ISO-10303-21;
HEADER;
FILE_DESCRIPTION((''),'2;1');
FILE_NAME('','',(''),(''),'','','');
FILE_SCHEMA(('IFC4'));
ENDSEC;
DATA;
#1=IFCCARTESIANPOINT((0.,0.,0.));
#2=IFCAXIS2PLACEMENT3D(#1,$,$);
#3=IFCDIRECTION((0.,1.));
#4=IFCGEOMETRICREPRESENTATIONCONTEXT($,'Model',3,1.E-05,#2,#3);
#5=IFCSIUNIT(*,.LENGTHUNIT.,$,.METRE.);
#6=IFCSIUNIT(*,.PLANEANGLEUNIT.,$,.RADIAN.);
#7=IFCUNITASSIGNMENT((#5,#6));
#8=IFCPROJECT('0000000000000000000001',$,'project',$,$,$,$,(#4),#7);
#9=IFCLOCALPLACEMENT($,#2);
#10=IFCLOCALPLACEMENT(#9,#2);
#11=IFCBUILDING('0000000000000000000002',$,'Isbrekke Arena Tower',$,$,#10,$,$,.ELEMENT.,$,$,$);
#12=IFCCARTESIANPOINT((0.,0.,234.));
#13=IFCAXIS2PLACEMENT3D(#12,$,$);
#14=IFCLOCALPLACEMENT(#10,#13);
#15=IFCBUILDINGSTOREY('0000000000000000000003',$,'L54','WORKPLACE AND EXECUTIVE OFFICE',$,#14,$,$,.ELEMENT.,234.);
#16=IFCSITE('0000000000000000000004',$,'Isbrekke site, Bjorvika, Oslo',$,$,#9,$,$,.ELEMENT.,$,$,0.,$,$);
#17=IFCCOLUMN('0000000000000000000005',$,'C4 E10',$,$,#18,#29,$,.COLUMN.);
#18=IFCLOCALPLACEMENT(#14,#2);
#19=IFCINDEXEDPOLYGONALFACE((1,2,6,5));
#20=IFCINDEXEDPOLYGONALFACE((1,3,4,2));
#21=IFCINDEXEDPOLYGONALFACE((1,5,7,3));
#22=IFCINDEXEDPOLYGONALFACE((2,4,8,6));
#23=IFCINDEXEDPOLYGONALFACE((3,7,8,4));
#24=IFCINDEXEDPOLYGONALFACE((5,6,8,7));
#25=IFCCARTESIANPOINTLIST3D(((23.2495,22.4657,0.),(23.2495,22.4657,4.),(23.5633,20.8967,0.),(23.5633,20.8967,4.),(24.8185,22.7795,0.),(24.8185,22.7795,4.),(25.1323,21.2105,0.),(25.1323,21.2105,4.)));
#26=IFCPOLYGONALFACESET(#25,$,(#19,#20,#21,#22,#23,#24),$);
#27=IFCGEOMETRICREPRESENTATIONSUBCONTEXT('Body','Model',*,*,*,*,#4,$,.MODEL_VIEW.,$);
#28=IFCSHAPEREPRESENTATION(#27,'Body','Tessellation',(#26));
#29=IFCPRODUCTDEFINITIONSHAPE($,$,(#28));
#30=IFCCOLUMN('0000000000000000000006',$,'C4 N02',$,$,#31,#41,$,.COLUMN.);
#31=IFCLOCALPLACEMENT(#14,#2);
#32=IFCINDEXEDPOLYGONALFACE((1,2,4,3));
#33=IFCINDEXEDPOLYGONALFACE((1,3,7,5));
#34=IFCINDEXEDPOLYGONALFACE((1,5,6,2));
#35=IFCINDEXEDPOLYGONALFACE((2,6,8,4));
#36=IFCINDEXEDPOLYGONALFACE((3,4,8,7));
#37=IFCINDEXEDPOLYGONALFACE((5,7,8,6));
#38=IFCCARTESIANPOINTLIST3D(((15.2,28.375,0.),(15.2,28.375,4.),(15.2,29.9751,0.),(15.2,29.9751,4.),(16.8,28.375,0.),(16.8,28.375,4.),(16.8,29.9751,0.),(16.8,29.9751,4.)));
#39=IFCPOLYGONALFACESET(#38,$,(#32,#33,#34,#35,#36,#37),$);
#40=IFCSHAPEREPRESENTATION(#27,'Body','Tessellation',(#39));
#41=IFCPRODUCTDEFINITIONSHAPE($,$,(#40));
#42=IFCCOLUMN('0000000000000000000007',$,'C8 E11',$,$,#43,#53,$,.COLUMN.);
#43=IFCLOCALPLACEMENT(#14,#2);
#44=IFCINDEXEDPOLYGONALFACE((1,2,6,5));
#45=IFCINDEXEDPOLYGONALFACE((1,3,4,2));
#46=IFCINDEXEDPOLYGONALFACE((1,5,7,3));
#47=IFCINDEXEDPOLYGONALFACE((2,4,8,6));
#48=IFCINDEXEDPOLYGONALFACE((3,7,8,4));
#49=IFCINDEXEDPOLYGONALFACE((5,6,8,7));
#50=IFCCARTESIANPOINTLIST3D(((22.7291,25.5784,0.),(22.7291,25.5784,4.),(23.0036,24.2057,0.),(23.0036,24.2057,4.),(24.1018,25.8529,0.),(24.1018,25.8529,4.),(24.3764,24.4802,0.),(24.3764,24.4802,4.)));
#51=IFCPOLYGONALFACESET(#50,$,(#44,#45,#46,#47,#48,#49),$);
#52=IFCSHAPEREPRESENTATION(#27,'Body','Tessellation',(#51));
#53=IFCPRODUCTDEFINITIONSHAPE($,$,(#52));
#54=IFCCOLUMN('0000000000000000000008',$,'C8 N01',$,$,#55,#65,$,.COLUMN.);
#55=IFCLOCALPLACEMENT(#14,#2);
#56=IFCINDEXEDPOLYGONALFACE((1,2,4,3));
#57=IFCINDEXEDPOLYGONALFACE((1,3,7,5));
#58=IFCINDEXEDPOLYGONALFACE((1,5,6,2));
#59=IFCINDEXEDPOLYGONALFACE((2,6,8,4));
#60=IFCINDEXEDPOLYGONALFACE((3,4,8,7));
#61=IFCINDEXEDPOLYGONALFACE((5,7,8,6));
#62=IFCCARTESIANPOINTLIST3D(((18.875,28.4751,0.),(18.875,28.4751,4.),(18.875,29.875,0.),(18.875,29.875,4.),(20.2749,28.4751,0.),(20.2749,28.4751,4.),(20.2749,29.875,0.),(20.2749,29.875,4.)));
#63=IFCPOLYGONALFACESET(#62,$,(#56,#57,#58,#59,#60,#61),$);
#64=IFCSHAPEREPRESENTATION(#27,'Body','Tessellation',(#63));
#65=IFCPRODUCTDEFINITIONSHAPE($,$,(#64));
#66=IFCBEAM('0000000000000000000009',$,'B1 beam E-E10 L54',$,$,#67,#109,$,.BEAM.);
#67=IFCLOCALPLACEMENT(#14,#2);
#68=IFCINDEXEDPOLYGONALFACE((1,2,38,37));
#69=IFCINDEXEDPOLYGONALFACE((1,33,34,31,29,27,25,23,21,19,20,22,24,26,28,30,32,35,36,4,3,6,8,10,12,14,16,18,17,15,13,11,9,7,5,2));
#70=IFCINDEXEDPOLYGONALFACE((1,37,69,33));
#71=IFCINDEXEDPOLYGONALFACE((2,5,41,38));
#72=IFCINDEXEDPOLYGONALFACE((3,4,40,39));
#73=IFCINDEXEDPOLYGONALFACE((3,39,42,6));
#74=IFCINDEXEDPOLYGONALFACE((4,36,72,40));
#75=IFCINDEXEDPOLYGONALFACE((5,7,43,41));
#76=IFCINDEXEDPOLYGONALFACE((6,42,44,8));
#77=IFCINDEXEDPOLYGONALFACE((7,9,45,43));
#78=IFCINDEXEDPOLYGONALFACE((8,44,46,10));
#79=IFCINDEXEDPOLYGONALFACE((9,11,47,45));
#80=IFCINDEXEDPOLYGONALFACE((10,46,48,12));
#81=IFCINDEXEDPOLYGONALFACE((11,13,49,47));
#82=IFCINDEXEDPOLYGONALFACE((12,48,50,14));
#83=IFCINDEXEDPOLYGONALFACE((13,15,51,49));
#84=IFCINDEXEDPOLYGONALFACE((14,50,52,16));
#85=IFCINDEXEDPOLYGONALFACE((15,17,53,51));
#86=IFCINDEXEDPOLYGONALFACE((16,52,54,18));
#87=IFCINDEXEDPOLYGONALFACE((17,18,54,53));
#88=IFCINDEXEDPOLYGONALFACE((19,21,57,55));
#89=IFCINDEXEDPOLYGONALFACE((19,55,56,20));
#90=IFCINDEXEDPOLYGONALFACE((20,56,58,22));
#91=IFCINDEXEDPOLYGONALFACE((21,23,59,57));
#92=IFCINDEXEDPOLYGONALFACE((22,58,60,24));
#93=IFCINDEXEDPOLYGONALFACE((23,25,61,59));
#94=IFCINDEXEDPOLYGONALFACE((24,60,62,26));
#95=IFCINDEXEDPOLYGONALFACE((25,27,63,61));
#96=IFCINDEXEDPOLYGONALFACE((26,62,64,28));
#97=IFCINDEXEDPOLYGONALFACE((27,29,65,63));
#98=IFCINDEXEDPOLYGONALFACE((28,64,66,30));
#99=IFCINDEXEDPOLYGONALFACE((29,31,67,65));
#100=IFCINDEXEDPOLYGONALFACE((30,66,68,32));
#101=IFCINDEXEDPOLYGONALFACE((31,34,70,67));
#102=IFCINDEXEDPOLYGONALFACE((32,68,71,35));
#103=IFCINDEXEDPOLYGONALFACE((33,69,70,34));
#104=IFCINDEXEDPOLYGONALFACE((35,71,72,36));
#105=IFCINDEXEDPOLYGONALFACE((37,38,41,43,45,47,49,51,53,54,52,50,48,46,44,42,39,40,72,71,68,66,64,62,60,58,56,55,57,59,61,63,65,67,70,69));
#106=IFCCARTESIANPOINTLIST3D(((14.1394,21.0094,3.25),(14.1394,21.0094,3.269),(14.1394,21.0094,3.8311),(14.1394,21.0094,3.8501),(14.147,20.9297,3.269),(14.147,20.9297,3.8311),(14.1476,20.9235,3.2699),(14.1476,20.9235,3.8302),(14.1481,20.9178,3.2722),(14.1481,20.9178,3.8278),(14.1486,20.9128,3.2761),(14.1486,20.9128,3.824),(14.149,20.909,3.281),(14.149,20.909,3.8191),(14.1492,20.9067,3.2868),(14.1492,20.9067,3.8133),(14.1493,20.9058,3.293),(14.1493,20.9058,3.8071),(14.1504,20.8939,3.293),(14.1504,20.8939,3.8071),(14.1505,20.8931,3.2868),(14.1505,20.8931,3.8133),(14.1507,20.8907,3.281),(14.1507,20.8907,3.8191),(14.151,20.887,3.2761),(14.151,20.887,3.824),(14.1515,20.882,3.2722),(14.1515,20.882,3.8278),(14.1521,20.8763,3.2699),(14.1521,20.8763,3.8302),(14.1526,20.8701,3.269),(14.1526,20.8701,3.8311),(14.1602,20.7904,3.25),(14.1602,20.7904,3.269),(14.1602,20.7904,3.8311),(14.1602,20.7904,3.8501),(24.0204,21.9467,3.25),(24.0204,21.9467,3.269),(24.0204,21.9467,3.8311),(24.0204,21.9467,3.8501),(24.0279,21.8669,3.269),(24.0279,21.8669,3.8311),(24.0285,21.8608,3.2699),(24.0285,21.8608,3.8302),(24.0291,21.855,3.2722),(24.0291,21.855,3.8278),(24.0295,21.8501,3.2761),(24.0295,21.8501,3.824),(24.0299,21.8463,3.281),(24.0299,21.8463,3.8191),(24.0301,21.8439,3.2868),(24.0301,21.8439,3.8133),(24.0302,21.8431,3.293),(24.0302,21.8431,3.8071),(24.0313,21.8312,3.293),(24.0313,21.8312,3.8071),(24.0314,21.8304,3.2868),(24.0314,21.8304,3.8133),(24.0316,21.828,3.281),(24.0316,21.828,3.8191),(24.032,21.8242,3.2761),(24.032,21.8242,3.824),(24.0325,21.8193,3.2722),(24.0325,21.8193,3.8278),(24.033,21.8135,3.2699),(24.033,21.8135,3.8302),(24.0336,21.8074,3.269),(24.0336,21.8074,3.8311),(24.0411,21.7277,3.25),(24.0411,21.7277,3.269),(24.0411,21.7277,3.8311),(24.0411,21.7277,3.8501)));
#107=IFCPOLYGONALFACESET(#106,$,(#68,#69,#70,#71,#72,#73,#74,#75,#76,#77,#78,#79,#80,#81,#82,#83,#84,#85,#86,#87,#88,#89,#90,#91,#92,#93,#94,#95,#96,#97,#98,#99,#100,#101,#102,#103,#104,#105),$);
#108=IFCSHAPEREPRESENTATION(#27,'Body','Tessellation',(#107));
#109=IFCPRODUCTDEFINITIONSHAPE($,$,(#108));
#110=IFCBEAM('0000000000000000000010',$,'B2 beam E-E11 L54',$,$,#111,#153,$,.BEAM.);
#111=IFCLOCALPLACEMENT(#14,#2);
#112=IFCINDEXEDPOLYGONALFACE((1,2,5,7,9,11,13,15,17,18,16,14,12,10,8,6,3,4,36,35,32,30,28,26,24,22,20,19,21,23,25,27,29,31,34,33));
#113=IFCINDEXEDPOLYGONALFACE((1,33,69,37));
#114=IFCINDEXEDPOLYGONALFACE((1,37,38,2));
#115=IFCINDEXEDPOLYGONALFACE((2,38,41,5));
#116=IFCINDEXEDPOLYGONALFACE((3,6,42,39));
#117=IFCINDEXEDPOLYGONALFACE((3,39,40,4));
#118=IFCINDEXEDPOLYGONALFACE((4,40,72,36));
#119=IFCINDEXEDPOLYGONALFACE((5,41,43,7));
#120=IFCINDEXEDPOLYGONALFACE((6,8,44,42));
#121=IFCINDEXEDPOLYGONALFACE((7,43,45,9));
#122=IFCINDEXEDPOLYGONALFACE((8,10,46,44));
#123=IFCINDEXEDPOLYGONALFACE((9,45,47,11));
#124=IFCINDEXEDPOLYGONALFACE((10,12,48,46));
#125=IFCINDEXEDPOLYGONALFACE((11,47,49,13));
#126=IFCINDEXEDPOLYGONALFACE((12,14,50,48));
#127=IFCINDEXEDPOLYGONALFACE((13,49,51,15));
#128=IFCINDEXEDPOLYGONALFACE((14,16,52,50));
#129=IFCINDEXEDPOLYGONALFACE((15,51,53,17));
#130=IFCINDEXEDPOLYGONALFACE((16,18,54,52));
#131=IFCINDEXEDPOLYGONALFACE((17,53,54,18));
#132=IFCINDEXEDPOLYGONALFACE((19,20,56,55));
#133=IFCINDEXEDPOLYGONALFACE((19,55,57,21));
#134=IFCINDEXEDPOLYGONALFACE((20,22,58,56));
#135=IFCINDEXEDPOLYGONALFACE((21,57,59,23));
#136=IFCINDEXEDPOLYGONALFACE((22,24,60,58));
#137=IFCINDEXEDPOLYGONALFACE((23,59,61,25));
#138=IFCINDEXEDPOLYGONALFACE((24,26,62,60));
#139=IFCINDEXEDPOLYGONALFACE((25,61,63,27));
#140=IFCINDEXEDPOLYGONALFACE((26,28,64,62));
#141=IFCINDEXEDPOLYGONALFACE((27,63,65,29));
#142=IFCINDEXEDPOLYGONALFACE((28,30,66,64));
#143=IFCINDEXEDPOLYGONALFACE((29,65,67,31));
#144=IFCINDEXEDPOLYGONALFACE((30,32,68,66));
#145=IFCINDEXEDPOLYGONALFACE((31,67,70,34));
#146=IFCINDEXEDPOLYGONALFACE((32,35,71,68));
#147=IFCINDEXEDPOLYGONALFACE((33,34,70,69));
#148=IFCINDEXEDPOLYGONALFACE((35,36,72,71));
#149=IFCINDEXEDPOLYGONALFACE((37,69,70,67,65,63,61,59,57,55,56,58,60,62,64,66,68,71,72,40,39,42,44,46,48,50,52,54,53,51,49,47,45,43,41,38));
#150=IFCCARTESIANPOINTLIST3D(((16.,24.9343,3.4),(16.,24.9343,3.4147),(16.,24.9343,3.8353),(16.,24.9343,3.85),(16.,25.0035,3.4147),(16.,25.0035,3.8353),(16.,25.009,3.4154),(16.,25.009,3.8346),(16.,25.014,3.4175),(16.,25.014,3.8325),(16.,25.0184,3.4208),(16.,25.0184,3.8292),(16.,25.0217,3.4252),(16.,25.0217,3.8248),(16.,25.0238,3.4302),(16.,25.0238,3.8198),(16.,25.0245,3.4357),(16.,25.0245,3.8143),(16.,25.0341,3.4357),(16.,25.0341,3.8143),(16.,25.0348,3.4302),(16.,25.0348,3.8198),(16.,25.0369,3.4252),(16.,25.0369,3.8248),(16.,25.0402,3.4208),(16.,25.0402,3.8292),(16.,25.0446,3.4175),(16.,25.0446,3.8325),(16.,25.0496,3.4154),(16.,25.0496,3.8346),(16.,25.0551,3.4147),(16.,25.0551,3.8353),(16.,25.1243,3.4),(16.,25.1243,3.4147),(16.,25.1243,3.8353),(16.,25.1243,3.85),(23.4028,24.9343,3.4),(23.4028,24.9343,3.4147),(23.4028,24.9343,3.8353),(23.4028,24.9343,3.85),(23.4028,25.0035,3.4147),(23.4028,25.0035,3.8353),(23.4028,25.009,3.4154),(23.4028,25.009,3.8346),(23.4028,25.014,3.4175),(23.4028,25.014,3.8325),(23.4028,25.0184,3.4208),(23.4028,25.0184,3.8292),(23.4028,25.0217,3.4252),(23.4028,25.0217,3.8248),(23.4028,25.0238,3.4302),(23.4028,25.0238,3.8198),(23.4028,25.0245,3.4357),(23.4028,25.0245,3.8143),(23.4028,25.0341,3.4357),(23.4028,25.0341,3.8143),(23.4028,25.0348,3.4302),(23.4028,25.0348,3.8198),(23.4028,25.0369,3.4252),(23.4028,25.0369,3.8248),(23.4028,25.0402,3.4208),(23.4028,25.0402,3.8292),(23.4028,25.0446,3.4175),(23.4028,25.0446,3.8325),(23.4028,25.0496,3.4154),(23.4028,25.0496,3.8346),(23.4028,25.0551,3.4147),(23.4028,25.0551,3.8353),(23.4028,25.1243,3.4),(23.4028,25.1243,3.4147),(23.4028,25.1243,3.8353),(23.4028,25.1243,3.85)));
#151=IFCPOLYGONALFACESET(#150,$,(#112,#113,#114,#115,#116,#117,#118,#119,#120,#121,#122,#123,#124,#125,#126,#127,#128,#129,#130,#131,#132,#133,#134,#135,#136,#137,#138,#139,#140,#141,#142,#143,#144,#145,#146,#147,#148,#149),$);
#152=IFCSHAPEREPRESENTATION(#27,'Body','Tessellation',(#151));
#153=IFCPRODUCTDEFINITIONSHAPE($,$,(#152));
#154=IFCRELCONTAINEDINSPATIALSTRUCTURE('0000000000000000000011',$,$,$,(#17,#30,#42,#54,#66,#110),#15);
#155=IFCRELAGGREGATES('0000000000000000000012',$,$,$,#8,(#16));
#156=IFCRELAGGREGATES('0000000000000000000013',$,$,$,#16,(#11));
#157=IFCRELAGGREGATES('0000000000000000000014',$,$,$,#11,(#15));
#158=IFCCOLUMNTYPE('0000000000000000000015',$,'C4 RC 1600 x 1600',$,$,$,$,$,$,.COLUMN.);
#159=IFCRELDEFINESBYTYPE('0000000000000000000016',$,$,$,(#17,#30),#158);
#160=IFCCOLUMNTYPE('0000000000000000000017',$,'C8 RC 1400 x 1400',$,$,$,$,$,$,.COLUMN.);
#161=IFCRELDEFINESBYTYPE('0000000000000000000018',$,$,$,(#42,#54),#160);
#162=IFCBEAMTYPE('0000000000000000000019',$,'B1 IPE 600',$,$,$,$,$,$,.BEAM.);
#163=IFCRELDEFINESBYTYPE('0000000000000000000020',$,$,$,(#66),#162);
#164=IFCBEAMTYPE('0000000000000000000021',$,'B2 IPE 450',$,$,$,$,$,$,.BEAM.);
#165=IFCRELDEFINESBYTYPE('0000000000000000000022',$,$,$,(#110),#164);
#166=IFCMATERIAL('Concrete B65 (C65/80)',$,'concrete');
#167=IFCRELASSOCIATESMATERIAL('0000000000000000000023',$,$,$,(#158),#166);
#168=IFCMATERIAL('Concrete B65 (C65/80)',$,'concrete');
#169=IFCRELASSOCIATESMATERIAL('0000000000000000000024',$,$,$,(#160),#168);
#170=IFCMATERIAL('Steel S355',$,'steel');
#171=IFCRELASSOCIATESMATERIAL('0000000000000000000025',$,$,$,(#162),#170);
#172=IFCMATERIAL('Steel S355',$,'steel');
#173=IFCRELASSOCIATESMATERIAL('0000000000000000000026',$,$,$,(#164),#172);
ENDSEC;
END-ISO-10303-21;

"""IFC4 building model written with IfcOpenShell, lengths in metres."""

from ifc_helpers import new_model, si_unit, direction, frame, origin, origin_2d, place, context, subcontext, project, spatial, rectangle, i_section, extrude, material, material_profile, profile_set, type_object, element, save


model = new_model("IFC4")

# Units and contexts
model_context = context("Model", 3, precision=1e-05, world=origin(), true_north=direction((0.0, 1.0)))
body_context = subcontext(model_context, "Body", "Model", "MODEL_VIEW")
ifc_project = project(units=[si_unit("LENGTHUNIT", "METRE"), si_unit("PLANEANGLEUNIT", "RADIAN")], contexts=[model_context])

# Site, building, storey
site_placement = place(None, origin())
site = spatial("IfcSite", under=ifc_project, at=site_placement, Name="Isbrekke site, Bjorvika, Oslo", CompositionType="ELEMENT", RefElevation=0.0)
building_placement = place(site_placement, origin())
building = spatial("IfcBuilding", under=site, at=building_placement, Name="Isbrekke Arena Tower", CompositionType="ELEMENT")
storey_placement = place(building_placement, frame((0.0, 0.0, 234.0)))
storey = spatial("IfcBuildingStorey", under=building, at=storey_placement, Name="L54", Description="WORKPLACE AND EXECUTIVE OFFICE", CompositionType="ELEMENT", Elevation=234.0)

# Columns
ifc_material_1 = material(Name="Concrete B65 (C65/80)", Category="concrete")
ifc_material_profile_1 = material_profile(ifc_material_1, rectangle(XDim=1.6001, YDim=1.6001, at=origin_2d()), Name="RC 1600x1600")
ifc_profile_set_1 = profile_set([ifc_material_profile_1], Name="Concrete B65 (C65/80)")
column_type_1 = type_object("IfcColumnType", Name="C4 RC 1600 x 1600", PredefinedType="COLUMN", material=ifc_profile_set_1)
for number, where, z_axis, x_axis, name in (
    (1, (24.1909, 21.8381, 0.0), (0.0, 0.0, 1.0), (-0.196116, 0.980581, 0.0), "C4 E10"),
    (2, (16.0, 29.175, 0.0), (0.0, 0.0, 1.0), (-1.0, 0.0, 0.0), "C4 N02"),
):
    element("IfcColumn", number, at=place(storey_placement, frame(where, z_axis=z_axis, x_axis=x_axis)), inside=storey, type_object=column_type_1, Name=name, PredefinedType="COLUMN", context=body_context, shape_type="SweptSolid", body=[
        extrude(rectangle(XDim=1.6001, YDim=1.6001, at=origin_2d()), origin(), (0.0, 0.0, 1.0), 4.0),
    ])
ifc_material_2 = material(Name="Concrete B65 (C65/80)", Category="concrete")
ifc_material_profile_2 = material_profile(ifc_material_2, rectangle(XDim=1.3999, YDim=1.3999, at=origin_2d()), Name="RC 1400x1400")
ifc_profile_set_2 = profile_set([ifc_material_profile_2], Name="Concrete B65 (C65/80)")
column_type_2 = type_object("IfcColumnType", Name="C8 RC 1400 x 1400", PredefinedType="COLUMN", material=ifc_profile_set_2)
for number, where, z_axis, x_axis, name in (
    (3, (23.5527, 25.0293, 0.0), (0.0, 0.0, 1.0), (-0.196116, 0.980581, 0.0), "C8 E11"),
    (4, (19.575, 29.175, 0.0), (0.0, 0.0, 1.0), (-1.0, 0.0, 0.0), "C8 N01"),
):
    element("IfcColumn", number, at=place(storey_placement, frame(where, z_axis=z_axis, x_axis=x_axis)), inside=storey, type_object=column_type_2, Name=name, PredefinedType="COLUMN", context=body_context, shape_type="SweptSolid", body=[
        extrude(rectangle(XDim=1.3999, YDim=1.3999, at=origin_2d()), origin(), (0.0, 0.0, 1.0), 4.0),
    ])

# Beams
ifc_material_3 = material(Name="Steel S355", Category="steel")
ifc_material_profile_3 = material_profile(ifc_material_3, i_section(OverallWidth=0.22, OverallDepth=0.6001, WebThickness=0.012, FlangeThickness=0.019, FilletRadius=0.0239, at=origin_2d()), Name="IPE 600")
ifc_profile_set_3 = profile_set([ifc_material_profile_3], Name="Steel S355")
beam_type_1 = type_object("IfcBeamType", Name="B1 IPE 600", PredefinedType="BEAM", material=ifc_profile_set_3)
beam_1_placement = place(storey_placement, frame((24.0308, 21.8372, 3.55), z_axis=(-0.995531, -0.094432, 0.0), x_axis=(0.094432, -0.995531, 0.0)))
element("IfcBeam", 5, at=beam_1_placement, inside=storey, type_object=beam_type_1, Name="B1 beam E-E10 L54", PredefinedType="BEAM", context=body_context, shape_type="SweptSolid", body=[
    extrude(i_section(OverallWidth=0.22, OverallDepth=0.6001, WebThickness=0.012, FlangeThickness=0.019, FilletRadius=0.0239, at=origin_2d()), origin(), (0.0, 0.0, 1.0), 9.9253),
])
ifc_material_4 = material(Name="Steel S355", Category="steel")
ifc_material_profile_4 = material_profile(ifc_material_4, i_section(OverallWidth=0.1899, OverallDepth=0.45, WebThickness=0.0095, FlangeThickness=0.0146, FilletRadius=0.021, at=origin_2d()), Name="IPE 450")
ifc_profile_set_4 = profile_set([ifc_material_profile_4], Name="Steel S355")
beam_type_2 = type_object("IfcBeamType", Name="B2 IPE 450", PredefinedType="BEAM", material=ifc_profile_set_4)
beam_2_placement = place(storey_placement, frame((23.4028, 25.0293, 3.625), z_axis=(-1.0, 0.0, 0.0), x_axis=(0.0, -1.0, 0.0)))
element("IfcBeam", 6, at=beam_2_placement, inside=storey, type_object=beam_type_2, Name="B2 beam E-E11 L54", PredefinedType="BEAM", context=body_context, shape_type="SweptSolid", body=[
    extrude(i_section(OverallWidth=0.1899, OverallDepth=0.45, WebThickness=0.0095, FlangeThickness=0.0146, FilletRadius=0.021, at=origin_2d()), origin(), (0.0, 0.0, 1.0), 7.4028),
])

save(model, "model.ifc")
